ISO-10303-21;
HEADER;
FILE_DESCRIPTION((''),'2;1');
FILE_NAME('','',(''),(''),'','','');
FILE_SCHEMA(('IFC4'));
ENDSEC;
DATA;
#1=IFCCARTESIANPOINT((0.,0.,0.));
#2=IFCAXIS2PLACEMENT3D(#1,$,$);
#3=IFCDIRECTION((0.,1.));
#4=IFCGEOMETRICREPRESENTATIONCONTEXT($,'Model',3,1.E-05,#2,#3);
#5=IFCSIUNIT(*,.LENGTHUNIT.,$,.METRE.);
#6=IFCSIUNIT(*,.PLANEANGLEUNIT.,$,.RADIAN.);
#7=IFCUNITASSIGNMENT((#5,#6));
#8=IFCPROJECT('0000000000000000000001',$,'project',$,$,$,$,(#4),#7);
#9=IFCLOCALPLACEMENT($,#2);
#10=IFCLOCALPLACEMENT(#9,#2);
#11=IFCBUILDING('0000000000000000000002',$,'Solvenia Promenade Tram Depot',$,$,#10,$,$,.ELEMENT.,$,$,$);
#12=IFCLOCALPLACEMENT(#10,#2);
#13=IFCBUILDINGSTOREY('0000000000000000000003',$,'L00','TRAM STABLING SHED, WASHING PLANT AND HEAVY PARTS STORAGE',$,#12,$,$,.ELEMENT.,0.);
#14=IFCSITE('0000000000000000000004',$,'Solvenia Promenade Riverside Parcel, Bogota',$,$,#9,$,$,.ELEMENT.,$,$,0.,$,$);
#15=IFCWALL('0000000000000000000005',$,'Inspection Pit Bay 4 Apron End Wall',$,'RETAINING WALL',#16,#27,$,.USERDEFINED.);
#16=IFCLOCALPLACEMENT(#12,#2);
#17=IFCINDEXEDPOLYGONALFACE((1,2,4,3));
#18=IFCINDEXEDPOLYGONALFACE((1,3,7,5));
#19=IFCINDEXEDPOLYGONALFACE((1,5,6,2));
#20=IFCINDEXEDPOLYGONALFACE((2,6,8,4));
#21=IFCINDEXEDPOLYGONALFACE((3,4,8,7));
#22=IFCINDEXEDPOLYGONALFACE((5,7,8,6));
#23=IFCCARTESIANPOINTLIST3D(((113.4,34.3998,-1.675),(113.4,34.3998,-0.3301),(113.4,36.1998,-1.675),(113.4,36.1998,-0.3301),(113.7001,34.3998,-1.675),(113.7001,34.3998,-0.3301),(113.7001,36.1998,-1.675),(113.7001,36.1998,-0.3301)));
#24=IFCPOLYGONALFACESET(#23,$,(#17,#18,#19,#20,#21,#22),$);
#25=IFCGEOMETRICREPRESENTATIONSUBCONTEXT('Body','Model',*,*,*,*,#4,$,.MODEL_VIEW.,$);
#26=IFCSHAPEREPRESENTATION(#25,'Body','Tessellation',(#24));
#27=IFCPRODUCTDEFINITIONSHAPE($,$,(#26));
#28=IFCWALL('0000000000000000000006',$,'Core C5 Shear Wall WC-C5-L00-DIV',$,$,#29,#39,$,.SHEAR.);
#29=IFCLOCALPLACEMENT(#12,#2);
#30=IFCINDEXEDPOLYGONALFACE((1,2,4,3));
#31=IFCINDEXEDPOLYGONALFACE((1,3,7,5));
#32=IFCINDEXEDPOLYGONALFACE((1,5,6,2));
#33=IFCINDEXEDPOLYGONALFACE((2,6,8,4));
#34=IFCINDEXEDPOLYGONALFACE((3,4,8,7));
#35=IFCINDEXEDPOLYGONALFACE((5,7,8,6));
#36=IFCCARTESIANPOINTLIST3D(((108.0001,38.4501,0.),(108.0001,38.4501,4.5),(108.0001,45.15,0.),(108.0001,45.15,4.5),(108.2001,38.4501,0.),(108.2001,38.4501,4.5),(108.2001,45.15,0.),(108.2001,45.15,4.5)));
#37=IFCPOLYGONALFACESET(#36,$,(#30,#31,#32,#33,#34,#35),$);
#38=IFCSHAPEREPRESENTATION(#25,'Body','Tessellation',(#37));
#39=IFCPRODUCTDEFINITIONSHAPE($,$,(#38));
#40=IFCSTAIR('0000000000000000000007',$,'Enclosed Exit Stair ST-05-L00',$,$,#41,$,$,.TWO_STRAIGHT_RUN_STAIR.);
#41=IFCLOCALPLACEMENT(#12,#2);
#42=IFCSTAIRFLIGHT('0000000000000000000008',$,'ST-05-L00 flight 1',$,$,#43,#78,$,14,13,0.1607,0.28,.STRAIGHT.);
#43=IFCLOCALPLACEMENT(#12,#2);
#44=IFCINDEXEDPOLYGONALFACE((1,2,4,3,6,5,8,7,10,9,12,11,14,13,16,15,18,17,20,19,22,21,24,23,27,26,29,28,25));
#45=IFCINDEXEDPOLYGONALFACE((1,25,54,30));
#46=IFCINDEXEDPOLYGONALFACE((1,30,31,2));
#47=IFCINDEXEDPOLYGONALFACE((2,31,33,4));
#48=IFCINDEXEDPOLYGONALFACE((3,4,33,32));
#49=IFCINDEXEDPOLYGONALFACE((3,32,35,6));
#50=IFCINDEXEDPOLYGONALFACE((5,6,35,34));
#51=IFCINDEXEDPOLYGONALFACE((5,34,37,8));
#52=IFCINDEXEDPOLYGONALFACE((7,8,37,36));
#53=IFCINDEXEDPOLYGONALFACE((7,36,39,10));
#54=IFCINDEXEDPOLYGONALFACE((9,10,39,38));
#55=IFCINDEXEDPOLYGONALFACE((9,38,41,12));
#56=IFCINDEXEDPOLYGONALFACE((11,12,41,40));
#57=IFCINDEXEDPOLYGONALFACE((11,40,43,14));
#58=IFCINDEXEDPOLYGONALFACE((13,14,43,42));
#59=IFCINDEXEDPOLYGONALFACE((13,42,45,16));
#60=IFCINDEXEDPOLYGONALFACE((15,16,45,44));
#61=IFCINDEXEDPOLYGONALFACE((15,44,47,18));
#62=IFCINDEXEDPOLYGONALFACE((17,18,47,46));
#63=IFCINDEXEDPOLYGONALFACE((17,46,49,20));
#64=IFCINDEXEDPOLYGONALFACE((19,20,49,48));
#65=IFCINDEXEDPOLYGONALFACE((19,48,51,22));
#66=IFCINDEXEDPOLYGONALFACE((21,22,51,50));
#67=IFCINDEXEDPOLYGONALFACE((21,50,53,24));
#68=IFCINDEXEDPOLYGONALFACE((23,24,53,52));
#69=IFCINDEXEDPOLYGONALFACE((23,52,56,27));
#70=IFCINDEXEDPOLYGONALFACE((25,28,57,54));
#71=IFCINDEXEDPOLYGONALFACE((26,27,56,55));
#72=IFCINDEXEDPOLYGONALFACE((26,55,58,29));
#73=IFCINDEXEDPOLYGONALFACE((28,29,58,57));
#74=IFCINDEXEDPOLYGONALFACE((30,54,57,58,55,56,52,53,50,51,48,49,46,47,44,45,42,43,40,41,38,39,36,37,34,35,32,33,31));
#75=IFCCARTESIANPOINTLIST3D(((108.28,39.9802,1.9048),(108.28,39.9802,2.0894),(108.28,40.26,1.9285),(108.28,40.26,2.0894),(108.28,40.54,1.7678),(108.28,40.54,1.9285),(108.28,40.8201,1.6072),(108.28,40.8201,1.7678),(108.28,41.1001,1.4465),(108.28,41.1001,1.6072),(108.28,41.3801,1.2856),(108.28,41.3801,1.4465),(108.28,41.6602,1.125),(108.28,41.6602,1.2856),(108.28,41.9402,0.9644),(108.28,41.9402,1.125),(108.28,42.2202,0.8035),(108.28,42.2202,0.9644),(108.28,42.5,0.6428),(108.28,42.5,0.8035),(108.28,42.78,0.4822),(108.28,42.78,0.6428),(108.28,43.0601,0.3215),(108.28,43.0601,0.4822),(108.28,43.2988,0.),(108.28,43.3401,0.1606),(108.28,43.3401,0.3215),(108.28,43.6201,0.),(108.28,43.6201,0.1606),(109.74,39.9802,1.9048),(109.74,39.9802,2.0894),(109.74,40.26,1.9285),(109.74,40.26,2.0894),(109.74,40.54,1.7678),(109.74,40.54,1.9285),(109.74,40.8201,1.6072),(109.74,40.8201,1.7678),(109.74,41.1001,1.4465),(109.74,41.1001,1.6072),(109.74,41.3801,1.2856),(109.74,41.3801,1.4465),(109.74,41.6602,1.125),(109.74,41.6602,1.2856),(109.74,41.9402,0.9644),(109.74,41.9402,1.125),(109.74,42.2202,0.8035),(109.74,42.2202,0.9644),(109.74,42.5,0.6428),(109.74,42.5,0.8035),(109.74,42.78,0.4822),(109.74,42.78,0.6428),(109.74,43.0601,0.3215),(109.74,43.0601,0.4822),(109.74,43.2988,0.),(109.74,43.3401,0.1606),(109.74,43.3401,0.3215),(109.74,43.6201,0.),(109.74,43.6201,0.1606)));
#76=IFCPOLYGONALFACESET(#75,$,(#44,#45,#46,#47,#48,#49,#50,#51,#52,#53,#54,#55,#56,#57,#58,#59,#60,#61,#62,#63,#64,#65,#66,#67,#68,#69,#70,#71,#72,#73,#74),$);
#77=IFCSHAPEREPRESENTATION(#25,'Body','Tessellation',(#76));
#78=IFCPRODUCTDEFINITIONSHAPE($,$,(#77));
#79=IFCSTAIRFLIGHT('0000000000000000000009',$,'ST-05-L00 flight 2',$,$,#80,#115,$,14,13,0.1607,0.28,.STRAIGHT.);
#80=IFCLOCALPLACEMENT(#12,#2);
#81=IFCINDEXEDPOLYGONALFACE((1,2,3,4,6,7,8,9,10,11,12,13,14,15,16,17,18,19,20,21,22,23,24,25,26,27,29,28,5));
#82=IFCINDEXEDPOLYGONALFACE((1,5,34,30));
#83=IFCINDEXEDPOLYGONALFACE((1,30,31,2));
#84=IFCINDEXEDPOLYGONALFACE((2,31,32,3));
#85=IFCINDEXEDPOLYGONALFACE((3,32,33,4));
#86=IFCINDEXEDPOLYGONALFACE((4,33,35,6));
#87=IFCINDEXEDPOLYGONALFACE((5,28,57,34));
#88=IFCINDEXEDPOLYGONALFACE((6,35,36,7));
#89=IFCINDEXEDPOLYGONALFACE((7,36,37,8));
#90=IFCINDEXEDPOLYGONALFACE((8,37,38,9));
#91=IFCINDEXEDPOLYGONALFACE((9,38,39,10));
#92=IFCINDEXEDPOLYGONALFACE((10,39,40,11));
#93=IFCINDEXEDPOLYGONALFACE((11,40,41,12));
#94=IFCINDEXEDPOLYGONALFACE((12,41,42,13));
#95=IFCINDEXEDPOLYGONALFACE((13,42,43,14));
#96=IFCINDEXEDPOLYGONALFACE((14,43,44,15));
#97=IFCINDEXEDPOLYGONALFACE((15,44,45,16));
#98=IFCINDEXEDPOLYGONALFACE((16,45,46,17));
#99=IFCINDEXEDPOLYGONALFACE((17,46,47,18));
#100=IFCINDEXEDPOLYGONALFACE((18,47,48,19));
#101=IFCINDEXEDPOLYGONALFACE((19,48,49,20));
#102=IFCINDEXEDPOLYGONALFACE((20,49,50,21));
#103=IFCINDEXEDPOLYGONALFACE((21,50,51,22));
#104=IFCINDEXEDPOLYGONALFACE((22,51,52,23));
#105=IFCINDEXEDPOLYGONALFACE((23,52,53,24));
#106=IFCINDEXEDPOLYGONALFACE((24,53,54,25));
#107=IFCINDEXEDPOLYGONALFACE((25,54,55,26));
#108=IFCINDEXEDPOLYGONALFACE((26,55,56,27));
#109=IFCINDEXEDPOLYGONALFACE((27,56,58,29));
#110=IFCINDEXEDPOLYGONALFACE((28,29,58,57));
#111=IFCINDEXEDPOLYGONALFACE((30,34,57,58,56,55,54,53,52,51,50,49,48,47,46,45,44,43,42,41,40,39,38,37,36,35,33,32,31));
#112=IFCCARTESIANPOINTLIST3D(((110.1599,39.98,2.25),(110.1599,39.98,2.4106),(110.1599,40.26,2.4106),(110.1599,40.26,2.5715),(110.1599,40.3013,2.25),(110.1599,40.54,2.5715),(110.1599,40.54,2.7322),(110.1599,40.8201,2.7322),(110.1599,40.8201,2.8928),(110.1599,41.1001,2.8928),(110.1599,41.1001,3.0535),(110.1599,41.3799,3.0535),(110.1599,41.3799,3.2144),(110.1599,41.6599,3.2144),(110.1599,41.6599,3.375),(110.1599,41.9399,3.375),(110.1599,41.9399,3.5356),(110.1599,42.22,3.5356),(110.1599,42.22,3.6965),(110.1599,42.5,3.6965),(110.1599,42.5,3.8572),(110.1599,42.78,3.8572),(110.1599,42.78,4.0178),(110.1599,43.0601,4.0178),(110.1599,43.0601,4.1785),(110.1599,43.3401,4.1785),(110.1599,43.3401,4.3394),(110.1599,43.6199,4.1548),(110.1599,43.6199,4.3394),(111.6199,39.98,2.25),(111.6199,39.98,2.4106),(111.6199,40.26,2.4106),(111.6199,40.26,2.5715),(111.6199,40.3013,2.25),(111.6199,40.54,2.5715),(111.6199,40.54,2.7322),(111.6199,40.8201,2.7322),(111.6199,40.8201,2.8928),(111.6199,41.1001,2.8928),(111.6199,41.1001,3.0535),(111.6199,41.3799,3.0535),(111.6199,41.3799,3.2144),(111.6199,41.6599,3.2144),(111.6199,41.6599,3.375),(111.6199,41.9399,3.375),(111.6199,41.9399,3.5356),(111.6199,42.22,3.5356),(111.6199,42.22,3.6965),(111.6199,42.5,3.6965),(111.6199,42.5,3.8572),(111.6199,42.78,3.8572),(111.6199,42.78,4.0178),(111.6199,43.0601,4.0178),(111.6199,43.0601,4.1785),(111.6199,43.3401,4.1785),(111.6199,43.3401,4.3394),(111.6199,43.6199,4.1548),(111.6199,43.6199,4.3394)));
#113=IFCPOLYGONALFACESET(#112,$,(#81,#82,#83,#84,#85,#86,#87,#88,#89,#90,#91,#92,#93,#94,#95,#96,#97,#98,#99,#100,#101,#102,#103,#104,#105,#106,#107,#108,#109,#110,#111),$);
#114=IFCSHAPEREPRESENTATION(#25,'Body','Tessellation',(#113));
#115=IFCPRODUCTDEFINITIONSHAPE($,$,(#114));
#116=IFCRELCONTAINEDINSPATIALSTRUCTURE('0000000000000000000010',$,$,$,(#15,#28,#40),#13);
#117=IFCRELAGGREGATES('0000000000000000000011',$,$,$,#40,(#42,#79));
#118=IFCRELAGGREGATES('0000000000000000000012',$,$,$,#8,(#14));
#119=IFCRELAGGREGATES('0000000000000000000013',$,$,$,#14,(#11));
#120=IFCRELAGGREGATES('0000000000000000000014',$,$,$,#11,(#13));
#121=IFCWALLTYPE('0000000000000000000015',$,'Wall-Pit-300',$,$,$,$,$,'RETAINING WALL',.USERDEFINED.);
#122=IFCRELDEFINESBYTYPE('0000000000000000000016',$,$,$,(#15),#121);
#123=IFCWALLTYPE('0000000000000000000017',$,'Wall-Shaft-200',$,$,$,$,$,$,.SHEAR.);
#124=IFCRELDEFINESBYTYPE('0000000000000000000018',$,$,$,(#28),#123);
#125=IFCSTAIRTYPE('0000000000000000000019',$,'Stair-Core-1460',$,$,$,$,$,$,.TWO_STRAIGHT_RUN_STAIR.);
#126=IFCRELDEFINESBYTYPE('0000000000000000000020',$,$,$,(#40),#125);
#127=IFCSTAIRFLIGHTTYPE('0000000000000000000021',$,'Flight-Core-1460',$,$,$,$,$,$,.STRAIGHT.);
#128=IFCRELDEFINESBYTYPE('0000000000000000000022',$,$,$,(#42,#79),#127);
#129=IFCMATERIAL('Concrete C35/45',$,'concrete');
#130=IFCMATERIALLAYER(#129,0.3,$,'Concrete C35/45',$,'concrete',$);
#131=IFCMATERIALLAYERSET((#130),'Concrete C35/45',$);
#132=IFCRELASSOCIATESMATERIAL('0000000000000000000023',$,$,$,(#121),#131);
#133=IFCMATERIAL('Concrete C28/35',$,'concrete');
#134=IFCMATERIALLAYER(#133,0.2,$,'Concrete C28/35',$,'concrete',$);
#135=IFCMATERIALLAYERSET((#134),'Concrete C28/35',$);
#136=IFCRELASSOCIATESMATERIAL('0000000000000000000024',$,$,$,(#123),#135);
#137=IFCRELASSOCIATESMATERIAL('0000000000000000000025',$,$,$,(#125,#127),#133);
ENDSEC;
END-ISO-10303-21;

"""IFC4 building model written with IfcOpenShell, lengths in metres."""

from ifc_helpers import new_model, si_unit, direction, frame, frame_2d, origin, place, context, subcontext, project, spatial, polyline, rectangle, outline, extrude, material, layer, layer_set, type_object, element, aggregate, save


model = new_model("IFC4")

# Units and contexts
model_context = context("Model", 3, precision=1e-05, world=origin(), true_north=direction((0.0, 1.0)))
body_context = subcontext(model_context, "Body", "Model", "MODEL_VIEW")
ifc_project = project(units=[si_unit("LENGTHUNIT", "METRE"), si_unit("PLANEANGLEUNIT", "RADIAN")], contexts=[model_context])

# Site, building, storey
site_placement = place(None, origin())
site = spatial("IfcSite", under=ifc_project, at=site_placement, Name="Solvenia Promenade Riverside Parcel, Bogota", CompositionType="ELEMENT", RefElevation=0.0)
building_placement = place(site_placement, origin())
building = spatial("IfcBuilding", under=site, at=building_placement, Name="Solvenia Promenade Tram Depot", CompositionType="ELEMENT")
storey_placement = place(building_placement, origin())
storey = spatial("IfcBuildingStorey", under=building, at=storey_placement, Name="L00", Description="TRAM STABLING SHED, WASHING PLANT AND HEAVY PARTS STORAGE", CompositionType="ELEMENT", Elevation=0.0)

# Shared definitions
ifc_material_1 = material(Name="Concrete C28/35", Category="concrete")

# Walls
ifc_material_2 = material(Name="Concrete C35/45", Category="concrete")
ifc_layer_1 = layer(ifc_material_2, 0.3, Name="Concrete C35/45", Category="concrete")
ifc_layer_set_1 = layer_set([ifc_layer_1], Name="Concrete C35/45")
wall_type_1 = type_object("IfcWallType", Name="Wall-Pit-300", ElementType="RETAINING WALL", PredefinedType="USERDEFINED", material=ifc_layer_set_1)
wall_1_placement = place(storey_placement, frame((113.55, 34.3999, -1.675), z_axis=(0.0, 0.0, 1.0), x_axis=(0.0, 1.0, 0.0)))
element("IfcWall", 1, at=wall_1_placement, inside=storey, type_object=wall_type_1, Name="Inspection Pit Bay 4 Apron End Wall", ObjectType="RETAINING WALL", PredefinedType="USERDEFINED", context=body_context, shape_type="SweptSolid", body=[
    extrude(rectangle(XDim=1.8, YDim=0.3, at=frame_2d((0.8999, 0.0))), origin(), (0.0, 0.0, 1.0), 1.345),
])
ifc_layer_2 = layer(ifc_material_1, 0.2, Name="Concrete C28/35", Category="concrete")
ifc_layer_set_2 = layer_set([ifc_layer_2], Name="Concrete C28/35")
wall_type_2 = type_object("IfcWallType", Name="Wall-Shaft-200", PredefinedType="SHEAR", material=ifc_layer_set_2)
wall_2_placement = place(storey_placement, frame((108.1001, 38.45, 0.0), z_axis=(0.0, 0.0, 1.0), x_axis=(0.0, 1.0, 0.0)))
element("IfcWall", 2, at=wall_2_placement, inside=storey, type_object=wall_type_2, Name="Core C5 Shear Wall WC-C5-L00-DIV", PredefinedType="SHEAR", context=body_context, shape_type="SweptSolid", body=[
    extrude(rectangle(XDim=6.7, YDim=0.2, at=frame_2d((3.3501, 0.0))), origin(), (0.0, 0.0, 1.0), 4.5),
])

# Stair, stair flights
stair_type = type_object("IfcStairType", Name="Stair-Core-1460", PredefinedType="TWO_STRAIGHT_RUN_STAIR", material=ifc_material_1)
stair_placement = place(storey_placement, origin())
stair = element("IfcStair", 3, at=stair_placement, inside=storey, type_object=stair_type, Name="Enclosed Exit Stair ST-05-L00", PredefinedType="TWO_STRAIGHT_RUN_STAIR")
stair_flight_type = type_object("IfcStairFlightType", Name="Flight-Core-1460", PredefinedType="STRAIGHT", material=ifc_material_1)
stair_flight_1_placement = place(storey_placement, frame((109.01, 43.6201, 0.0), z_axis=(0.0, 0.0, 1.0), x_axis=(0.0, -1.0, 0.0)))
stair_flight_1 = element("IfcStairFlight", 4, at=stair_flight_1_placement, type_object=stair_flight_type, Name="ST-05-L00 flight 1", NumberOfRisers=14, NumberOfTreads=13, PredefinedType="STRAIGHT", RiserHeight=0.1607, TreadLength=0.28, context=body_context, shape_type="SweptSolid", body=[
    extrude(outline(polyline([(0.0, 0.0), (0.0, 0.1606), (0.28, 0.1606), (0.28, 0.3215), (0.5601, 0.3215), (0.5601, 0.4822), (0.8401, 0.4822), (0.8401, 0.6428), (1.1201, 0.6428), (1.1201, 0.8035), (1.3999, 0.8035), (1.3999, 0.9644), (1.6799, 0.9644), (1.6799, 1.125), (1.96, 1.125), (1.96, 1.2856), (2.24, 1.2856), (2.24, 1.4465), (2.52, 1.4465), (2.52, 1.6072), (2.8, 1.6072), (2.8, 1.7678), (3.0801, 1.7678), (3.0801, 1.9285), (3.3601, 1.9285), (3.3601, 2.0894), (3.6399, 2.0894), (3.6399, 2.25), (3.6399, 1.9048), (0.3213, 0.0), (0.0, 0.0)])), frame((0.0, 0.73, 0.0), z_axis=(0.0, -1.0, 0.0), x_axis=(1.0, 0.0, 0.0)), (0.0, 0.0, 1.0), 1.46),
])
stair_flight_2_placement = place(storey_placement, frame((110.8899, 39.98, 2.25), z_axis=(0.0, 0.0, 1.0), x_axis=(0.0, 1.0, 0.0)))
stair_flight_2 = element("IfcStairFlight", 5, at=stair_flight_2_placement, type_object=stair_flight_type, Name="ST-05-L00 flight 2", NumberOfRisers=14, NumberOfTreads=13, PredefinedType="STRAIGHT", RiserHeight=0.1607, TreadLength=0.28, context=body_context, shape_type="SweptSolid", body=[
    extrude(outline(polyline([(0.0, 0.0), (0.0, 0.1606), (0.28, 0.1606), (0.28, 0.3215), (0.5601, 0.3215), (0.5601, 0.4822), (0.8401, 0.4822), (0.8401, 0.6428), (1.1201, 0.6428), (1.1201, 0.8035), (1.3999, 0.8035), (1.3999, 0.9644), (1.6799, 0.9644), (1.6799, 1.125), (1.96, 1.125), (1.96, 1.2856), (2.24, 1.2856), (2.24, 1.4465), (2.52, 1.4465), (2.52, 1.6072), (2.8, 1.6072), (2.8, 1.7678), (3.0801, 1.7678), (3.0801, 1.9285), (3.3601, 1.9285), (3.3601, 2.0894), (3.6399, 2.0894), (3.6399, 2.25), (3.6399, 1.9048), (0.3213, 0.0), (0.0, 0.0)])), frame((0.0, 0.73, 0.0), z_axis=(0.0, -1.0, 0.0), x_axis=(1.0, 0.0, 0.0)), (0.0, 0.0, 1.0), 1.46),
])
aggregate(stair, [stair_flight_1, stair_flight_2])

save(model, "model.ifc")
